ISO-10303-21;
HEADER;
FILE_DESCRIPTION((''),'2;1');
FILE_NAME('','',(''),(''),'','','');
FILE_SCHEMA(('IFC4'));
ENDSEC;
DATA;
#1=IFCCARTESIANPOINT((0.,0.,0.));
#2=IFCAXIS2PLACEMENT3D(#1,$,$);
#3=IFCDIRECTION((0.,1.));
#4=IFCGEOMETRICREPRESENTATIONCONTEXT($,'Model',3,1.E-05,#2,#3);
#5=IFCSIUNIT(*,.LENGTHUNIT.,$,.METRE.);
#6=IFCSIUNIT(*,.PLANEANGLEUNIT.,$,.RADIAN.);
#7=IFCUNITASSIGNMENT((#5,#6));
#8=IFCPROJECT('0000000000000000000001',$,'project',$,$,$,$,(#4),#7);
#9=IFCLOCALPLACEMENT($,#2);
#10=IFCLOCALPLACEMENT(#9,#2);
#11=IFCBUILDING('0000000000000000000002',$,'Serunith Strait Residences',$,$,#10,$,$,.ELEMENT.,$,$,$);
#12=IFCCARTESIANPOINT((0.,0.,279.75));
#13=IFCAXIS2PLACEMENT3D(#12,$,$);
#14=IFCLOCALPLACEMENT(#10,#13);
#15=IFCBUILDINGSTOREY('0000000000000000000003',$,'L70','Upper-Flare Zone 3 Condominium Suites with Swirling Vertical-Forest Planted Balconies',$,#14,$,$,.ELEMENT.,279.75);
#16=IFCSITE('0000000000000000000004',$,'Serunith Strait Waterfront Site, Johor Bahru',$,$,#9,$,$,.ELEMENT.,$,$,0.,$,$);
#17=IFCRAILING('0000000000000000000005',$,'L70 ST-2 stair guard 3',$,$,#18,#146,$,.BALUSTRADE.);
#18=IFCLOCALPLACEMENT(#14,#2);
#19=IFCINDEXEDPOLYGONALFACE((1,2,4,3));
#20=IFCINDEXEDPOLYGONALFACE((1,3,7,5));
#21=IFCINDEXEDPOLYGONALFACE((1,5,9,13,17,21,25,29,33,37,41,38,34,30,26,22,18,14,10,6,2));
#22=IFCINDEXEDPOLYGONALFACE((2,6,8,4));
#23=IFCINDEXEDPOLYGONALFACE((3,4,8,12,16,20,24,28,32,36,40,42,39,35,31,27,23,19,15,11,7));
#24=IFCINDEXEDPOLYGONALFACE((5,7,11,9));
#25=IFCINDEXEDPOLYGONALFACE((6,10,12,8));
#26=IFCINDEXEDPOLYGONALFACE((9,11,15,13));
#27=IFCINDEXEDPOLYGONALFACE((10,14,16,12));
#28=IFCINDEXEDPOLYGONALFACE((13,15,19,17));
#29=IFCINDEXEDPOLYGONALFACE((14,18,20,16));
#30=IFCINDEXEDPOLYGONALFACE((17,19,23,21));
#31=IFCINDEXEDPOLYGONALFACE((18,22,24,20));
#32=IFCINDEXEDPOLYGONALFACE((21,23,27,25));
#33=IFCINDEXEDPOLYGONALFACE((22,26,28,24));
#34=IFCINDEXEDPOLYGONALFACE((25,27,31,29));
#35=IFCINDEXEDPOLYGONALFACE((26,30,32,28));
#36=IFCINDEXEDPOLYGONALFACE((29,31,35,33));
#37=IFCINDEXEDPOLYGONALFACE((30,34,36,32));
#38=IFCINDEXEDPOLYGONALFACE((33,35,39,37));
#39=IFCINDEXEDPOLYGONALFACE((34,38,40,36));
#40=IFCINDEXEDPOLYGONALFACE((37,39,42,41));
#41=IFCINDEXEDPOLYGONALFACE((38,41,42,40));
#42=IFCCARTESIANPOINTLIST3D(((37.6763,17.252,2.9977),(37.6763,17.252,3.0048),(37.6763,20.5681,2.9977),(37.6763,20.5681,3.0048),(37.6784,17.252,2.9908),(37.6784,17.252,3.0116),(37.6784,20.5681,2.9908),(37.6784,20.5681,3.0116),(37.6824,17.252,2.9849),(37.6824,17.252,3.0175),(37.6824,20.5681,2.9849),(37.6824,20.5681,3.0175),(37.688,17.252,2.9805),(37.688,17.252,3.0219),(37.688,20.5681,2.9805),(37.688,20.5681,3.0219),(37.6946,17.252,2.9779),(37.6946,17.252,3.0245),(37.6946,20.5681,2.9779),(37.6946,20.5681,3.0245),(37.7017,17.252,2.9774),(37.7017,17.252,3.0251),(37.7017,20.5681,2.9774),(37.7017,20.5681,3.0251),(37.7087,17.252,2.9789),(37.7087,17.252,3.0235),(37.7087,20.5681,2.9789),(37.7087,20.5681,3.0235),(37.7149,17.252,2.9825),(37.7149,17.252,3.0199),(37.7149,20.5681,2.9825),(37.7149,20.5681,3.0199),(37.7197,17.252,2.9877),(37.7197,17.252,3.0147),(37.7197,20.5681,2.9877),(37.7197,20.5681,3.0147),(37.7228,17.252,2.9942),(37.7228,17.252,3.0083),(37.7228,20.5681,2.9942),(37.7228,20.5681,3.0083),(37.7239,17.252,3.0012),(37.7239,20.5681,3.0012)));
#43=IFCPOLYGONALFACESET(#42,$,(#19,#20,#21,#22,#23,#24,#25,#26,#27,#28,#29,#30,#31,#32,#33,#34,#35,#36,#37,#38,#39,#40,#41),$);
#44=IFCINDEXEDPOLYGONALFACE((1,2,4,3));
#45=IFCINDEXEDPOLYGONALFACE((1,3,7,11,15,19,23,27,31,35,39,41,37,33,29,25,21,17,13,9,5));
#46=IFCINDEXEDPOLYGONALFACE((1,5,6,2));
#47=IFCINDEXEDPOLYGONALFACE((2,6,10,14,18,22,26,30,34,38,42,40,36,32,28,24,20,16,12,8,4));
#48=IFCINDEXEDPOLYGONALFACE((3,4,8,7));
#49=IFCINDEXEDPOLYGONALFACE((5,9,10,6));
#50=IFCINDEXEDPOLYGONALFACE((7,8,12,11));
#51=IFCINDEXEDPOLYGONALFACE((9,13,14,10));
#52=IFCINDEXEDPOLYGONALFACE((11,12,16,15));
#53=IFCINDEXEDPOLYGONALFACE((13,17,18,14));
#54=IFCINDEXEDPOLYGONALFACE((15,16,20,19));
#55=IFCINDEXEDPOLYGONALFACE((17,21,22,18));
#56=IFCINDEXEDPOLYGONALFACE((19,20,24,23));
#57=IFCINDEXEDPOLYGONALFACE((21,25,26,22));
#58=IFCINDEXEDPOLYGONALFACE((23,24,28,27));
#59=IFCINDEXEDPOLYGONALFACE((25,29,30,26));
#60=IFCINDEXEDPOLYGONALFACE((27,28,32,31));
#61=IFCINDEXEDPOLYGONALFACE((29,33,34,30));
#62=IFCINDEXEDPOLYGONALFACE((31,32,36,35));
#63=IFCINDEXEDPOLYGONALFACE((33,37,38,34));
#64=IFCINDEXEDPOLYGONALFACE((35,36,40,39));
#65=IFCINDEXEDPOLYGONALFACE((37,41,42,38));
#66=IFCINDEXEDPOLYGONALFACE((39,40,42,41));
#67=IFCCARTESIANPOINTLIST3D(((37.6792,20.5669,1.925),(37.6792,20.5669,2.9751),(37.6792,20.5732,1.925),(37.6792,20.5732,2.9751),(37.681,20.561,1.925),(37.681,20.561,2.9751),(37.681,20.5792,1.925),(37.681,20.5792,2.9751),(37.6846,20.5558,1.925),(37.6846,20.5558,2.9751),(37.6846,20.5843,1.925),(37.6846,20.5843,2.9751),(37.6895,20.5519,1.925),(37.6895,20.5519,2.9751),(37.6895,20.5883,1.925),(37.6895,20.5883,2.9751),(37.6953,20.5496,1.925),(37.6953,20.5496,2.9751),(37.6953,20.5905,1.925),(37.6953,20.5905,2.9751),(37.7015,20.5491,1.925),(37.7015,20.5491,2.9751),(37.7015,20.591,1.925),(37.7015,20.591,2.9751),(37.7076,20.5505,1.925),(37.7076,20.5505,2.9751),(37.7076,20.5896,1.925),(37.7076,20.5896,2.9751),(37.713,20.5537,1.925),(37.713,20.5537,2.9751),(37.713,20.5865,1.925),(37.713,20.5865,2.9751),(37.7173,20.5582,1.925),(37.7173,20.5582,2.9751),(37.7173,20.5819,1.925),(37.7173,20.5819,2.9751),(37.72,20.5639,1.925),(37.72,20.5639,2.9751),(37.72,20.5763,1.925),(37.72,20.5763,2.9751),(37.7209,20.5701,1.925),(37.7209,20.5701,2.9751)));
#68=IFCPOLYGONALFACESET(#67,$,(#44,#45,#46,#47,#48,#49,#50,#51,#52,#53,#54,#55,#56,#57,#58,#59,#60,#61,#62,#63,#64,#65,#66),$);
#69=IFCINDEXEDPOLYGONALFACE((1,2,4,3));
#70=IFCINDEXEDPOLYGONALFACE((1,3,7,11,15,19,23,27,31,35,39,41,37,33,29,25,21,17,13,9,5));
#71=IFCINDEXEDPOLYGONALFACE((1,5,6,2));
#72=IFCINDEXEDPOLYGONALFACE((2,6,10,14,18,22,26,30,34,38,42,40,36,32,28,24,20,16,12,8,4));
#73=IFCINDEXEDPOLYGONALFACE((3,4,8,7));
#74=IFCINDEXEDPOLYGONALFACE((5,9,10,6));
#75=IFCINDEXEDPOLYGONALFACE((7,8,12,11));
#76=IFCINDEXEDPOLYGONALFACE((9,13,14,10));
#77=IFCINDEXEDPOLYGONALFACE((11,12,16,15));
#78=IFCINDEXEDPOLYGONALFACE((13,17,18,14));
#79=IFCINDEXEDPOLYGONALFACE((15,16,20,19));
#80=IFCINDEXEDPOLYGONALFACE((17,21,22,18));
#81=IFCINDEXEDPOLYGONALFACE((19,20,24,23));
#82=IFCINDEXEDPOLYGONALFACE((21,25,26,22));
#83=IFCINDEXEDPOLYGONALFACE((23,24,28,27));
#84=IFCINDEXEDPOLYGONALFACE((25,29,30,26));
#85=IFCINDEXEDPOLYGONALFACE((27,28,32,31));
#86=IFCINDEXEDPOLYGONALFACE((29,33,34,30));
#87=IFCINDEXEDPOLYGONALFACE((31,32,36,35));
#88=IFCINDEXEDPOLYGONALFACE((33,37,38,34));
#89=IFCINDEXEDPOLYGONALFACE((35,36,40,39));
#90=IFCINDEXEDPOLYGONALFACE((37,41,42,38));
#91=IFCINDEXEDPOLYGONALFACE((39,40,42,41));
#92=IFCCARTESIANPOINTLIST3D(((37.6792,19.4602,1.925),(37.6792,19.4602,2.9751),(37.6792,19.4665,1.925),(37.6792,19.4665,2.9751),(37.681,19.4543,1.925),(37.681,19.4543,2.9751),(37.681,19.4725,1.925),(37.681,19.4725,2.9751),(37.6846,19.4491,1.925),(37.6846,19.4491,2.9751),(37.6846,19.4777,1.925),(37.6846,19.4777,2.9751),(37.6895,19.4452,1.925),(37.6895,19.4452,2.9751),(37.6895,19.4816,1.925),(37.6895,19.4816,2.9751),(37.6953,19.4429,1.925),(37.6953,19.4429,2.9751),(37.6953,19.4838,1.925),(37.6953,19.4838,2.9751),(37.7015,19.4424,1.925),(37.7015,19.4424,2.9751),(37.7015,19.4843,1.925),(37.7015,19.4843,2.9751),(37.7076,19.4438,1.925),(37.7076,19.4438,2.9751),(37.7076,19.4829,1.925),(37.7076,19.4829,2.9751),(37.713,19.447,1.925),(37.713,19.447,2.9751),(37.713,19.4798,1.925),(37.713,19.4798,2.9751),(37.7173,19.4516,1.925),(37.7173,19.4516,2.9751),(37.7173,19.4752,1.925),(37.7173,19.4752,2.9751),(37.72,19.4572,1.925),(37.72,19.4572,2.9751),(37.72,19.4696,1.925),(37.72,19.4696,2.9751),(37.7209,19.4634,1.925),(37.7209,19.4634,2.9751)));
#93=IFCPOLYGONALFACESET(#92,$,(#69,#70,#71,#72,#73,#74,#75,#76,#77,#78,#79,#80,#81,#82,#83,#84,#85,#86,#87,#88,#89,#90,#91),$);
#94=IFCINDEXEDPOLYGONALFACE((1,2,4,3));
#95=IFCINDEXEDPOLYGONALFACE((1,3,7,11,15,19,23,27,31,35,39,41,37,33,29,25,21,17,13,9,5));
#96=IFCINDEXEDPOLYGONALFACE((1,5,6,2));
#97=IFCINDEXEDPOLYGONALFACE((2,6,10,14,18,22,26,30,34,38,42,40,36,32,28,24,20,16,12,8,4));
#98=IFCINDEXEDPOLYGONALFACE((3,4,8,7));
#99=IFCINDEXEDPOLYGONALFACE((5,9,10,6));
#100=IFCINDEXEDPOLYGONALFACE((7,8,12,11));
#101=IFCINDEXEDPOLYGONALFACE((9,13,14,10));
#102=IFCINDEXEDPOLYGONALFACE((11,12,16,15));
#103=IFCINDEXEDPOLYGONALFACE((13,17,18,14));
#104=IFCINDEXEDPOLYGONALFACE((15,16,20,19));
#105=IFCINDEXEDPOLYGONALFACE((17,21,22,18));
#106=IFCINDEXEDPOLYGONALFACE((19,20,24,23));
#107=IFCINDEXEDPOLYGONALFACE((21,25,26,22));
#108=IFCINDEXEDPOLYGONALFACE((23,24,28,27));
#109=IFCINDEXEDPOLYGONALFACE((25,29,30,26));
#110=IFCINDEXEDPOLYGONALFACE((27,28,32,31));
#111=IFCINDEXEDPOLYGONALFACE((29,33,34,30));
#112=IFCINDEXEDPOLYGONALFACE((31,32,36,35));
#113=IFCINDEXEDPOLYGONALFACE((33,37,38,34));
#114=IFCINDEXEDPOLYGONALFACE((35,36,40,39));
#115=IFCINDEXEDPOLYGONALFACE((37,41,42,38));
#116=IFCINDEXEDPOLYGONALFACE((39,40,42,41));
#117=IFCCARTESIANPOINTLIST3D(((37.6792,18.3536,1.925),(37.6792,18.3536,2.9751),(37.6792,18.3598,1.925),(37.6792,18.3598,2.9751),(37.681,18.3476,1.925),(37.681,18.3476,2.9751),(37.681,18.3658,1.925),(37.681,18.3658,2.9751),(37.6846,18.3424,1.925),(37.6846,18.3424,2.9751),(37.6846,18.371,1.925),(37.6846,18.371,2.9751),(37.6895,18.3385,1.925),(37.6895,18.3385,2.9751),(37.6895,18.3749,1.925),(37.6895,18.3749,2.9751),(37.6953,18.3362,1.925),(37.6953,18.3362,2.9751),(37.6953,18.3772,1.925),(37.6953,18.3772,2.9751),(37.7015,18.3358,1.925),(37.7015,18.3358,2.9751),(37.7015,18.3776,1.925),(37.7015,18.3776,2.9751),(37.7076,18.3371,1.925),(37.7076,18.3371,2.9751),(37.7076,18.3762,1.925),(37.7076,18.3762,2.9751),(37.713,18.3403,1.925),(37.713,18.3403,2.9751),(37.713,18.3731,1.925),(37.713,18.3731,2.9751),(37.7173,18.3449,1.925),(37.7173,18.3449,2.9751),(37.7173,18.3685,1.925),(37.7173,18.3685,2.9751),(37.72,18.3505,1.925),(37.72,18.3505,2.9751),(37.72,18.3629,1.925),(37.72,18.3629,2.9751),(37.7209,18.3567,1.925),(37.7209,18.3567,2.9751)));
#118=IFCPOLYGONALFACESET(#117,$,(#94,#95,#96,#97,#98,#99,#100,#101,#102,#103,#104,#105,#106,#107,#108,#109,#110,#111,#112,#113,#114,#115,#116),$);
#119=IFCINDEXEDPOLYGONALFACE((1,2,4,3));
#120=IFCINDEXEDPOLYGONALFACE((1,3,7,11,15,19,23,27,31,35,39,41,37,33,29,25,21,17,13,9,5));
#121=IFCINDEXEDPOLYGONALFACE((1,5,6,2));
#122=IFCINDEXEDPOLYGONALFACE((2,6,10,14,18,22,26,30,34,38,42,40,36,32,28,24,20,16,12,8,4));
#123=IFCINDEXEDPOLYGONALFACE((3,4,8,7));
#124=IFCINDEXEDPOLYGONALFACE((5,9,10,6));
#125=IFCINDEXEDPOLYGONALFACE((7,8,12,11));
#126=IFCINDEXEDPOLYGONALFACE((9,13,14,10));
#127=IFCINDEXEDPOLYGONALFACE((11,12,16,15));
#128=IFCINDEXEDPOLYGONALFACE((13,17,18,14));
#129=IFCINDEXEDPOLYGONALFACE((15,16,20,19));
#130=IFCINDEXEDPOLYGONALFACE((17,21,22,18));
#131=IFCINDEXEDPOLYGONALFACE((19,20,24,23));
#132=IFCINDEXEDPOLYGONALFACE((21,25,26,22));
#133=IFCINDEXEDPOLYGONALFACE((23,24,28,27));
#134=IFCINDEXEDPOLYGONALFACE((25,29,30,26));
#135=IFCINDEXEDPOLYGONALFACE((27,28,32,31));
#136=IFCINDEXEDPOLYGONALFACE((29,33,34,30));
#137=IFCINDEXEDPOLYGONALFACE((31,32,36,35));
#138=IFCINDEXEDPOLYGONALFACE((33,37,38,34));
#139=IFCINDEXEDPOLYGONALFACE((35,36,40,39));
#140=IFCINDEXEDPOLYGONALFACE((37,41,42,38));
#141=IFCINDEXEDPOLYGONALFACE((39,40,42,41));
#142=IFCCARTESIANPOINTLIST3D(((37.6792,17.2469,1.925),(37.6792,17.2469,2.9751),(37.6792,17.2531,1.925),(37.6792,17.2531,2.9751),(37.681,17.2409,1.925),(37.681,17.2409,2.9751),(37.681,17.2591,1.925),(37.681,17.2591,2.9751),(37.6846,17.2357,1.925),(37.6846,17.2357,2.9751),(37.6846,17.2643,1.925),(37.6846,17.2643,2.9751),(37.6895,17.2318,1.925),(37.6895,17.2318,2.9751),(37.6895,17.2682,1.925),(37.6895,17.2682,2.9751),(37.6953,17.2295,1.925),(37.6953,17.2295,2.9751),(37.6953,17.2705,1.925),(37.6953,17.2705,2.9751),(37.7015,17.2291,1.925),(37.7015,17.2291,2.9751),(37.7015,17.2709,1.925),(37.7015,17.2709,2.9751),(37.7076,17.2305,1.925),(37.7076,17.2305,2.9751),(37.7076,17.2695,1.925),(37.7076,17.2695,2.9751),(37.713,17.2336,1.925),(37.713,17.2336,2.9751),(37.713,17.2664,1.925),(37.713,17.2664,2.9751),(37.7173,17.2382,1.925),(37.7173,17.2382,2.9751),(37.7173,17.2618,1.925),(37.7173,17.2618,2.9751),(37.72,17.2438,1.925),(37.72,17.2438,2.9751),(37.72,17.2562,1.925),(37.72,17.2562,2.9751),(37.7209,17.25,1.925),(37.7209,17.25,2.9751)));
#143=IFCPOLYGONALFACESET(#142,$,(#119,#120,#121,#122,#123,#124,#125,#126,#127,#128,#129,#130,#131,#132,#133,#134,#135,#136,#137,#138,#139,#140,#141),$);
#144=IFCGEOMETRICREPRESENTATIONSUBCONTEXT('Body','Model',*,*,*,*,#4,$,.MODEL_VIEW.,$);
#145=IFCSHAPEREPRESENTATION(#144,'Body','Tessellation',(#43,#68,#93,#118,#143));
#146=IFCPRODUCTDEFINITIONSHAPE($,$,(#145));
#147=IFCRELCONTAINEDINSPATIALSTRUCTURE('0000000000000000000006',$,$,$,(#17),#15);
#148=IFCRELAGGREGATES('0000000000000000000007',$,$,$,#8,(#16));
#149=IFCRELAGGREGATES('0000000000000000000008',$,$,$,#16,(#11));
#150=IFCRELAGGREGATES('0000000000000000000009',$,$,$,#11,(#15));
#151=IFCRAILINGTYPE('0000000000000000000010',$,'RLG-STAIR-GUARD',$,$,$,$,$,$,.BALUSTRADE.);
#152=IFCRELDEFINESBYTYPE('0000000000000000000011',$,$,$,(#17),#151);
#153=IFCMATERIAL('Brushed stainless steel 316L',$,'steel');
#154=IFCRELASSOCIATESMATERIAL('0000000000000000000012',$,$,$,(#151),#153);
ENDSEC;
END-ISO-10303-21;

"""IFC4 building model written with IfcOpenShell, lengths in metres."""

from ifc_helpers import new_model, si_unit, direction, frame, origin, origin_2d, place, context, subcontext, project, spatial, circle, extrude, material, type_object, element, save


model = new_model("IFC4")

# Units and contexts
model_context = context("Model", 3, precision=1e-05, world=origin(), true_north=direction((0.0, 1.0)))
body_context = subcontext(model_context, "Body", "Model", "MODEL_VIEW")
ifc_project = project(units=[si_unit("LENGTHUNIT", "METRE"), si_unit("PLANEANGLEUNIT", "RADIAN")], contexts=[model_context])

# Site, building, storey
site_placement = place(None, origin())
site = spatial("IfcSite", under=ifc_project, at=site_placement, Name="Serunith Strait Waterfront Site, Johor Bahru", CompositionType="ELEMENT", RefElevation=0.0)
building_placement = place(site_placement, origin())
building = spatial("IfcBuilding", under=site, at=building_placement, Name="Serunith Strait Residences", CompositionType="ELEMENT")
storey_placement = place(building_placement, frame((0.0, 0.0, 279.75)))
storey = spatial("IfcBuildingStorey", under=building, at=storey_placement, Name="L70", Description="Upper-Flare Zone 3 Condominium Suites with Swirling Vertical-Forest Planted Balconies", CompositionType="ELEMENT", Elevation=279.75)

# Railing
ifc_material_1 = material(Name="Brushed stainless steel 316L", Category="steel")
railing_type_1 = type_object("IfcRailingType", Name="RLG-STAIR-GUARD", PredefinedType="BALUSTRADE", material=ifc_material_1)
for number, where, name in (
    (1, (37.7, 20.5701, 1.925), "L70 ST-2 stair guard 3"),
):
    element("IfcRailing", number, at=place(storey_placement, frame(where)), inside=storey, type_object=railing_type_1, Name=name, PredefinedType="BALUSTRADE", context=body_context, shape_type="SweptSolid", body=[
        extrude(circle(Radius=0.0239, at=origin_2d()), frame((0.0, -0.002, 1.0762), z_axis=(0.0, -1.0, 0.0), x_axis=(1.0, 0.0, 0.0)), (0.0, 0.0, 1.0), 3.3162),
        extrude(circle(Radius=0.021, at=origin_2d()), origin(), (0.0, 0.0, 1.0), 1.05),
        extrude(circle(Radius=0.021, at=origin_2d()), frame((0.0, -1.1067, 0.0)), (0.0, 0.0, 1.0), 1.05),
        extrude(circle(Radius=0.021, at=origin_2d()), frame((0.0, -2.2134, 0.0)), (0.0, 0.0, 1.0), 1.05),
        extrude(circle(Radius=0.021, at=origin_2d()), frame((0.0, -3.3201, 0.0)), (0.0, 0.0, 1.0), 1.05),
    ])

save(model, "model.ifc")
